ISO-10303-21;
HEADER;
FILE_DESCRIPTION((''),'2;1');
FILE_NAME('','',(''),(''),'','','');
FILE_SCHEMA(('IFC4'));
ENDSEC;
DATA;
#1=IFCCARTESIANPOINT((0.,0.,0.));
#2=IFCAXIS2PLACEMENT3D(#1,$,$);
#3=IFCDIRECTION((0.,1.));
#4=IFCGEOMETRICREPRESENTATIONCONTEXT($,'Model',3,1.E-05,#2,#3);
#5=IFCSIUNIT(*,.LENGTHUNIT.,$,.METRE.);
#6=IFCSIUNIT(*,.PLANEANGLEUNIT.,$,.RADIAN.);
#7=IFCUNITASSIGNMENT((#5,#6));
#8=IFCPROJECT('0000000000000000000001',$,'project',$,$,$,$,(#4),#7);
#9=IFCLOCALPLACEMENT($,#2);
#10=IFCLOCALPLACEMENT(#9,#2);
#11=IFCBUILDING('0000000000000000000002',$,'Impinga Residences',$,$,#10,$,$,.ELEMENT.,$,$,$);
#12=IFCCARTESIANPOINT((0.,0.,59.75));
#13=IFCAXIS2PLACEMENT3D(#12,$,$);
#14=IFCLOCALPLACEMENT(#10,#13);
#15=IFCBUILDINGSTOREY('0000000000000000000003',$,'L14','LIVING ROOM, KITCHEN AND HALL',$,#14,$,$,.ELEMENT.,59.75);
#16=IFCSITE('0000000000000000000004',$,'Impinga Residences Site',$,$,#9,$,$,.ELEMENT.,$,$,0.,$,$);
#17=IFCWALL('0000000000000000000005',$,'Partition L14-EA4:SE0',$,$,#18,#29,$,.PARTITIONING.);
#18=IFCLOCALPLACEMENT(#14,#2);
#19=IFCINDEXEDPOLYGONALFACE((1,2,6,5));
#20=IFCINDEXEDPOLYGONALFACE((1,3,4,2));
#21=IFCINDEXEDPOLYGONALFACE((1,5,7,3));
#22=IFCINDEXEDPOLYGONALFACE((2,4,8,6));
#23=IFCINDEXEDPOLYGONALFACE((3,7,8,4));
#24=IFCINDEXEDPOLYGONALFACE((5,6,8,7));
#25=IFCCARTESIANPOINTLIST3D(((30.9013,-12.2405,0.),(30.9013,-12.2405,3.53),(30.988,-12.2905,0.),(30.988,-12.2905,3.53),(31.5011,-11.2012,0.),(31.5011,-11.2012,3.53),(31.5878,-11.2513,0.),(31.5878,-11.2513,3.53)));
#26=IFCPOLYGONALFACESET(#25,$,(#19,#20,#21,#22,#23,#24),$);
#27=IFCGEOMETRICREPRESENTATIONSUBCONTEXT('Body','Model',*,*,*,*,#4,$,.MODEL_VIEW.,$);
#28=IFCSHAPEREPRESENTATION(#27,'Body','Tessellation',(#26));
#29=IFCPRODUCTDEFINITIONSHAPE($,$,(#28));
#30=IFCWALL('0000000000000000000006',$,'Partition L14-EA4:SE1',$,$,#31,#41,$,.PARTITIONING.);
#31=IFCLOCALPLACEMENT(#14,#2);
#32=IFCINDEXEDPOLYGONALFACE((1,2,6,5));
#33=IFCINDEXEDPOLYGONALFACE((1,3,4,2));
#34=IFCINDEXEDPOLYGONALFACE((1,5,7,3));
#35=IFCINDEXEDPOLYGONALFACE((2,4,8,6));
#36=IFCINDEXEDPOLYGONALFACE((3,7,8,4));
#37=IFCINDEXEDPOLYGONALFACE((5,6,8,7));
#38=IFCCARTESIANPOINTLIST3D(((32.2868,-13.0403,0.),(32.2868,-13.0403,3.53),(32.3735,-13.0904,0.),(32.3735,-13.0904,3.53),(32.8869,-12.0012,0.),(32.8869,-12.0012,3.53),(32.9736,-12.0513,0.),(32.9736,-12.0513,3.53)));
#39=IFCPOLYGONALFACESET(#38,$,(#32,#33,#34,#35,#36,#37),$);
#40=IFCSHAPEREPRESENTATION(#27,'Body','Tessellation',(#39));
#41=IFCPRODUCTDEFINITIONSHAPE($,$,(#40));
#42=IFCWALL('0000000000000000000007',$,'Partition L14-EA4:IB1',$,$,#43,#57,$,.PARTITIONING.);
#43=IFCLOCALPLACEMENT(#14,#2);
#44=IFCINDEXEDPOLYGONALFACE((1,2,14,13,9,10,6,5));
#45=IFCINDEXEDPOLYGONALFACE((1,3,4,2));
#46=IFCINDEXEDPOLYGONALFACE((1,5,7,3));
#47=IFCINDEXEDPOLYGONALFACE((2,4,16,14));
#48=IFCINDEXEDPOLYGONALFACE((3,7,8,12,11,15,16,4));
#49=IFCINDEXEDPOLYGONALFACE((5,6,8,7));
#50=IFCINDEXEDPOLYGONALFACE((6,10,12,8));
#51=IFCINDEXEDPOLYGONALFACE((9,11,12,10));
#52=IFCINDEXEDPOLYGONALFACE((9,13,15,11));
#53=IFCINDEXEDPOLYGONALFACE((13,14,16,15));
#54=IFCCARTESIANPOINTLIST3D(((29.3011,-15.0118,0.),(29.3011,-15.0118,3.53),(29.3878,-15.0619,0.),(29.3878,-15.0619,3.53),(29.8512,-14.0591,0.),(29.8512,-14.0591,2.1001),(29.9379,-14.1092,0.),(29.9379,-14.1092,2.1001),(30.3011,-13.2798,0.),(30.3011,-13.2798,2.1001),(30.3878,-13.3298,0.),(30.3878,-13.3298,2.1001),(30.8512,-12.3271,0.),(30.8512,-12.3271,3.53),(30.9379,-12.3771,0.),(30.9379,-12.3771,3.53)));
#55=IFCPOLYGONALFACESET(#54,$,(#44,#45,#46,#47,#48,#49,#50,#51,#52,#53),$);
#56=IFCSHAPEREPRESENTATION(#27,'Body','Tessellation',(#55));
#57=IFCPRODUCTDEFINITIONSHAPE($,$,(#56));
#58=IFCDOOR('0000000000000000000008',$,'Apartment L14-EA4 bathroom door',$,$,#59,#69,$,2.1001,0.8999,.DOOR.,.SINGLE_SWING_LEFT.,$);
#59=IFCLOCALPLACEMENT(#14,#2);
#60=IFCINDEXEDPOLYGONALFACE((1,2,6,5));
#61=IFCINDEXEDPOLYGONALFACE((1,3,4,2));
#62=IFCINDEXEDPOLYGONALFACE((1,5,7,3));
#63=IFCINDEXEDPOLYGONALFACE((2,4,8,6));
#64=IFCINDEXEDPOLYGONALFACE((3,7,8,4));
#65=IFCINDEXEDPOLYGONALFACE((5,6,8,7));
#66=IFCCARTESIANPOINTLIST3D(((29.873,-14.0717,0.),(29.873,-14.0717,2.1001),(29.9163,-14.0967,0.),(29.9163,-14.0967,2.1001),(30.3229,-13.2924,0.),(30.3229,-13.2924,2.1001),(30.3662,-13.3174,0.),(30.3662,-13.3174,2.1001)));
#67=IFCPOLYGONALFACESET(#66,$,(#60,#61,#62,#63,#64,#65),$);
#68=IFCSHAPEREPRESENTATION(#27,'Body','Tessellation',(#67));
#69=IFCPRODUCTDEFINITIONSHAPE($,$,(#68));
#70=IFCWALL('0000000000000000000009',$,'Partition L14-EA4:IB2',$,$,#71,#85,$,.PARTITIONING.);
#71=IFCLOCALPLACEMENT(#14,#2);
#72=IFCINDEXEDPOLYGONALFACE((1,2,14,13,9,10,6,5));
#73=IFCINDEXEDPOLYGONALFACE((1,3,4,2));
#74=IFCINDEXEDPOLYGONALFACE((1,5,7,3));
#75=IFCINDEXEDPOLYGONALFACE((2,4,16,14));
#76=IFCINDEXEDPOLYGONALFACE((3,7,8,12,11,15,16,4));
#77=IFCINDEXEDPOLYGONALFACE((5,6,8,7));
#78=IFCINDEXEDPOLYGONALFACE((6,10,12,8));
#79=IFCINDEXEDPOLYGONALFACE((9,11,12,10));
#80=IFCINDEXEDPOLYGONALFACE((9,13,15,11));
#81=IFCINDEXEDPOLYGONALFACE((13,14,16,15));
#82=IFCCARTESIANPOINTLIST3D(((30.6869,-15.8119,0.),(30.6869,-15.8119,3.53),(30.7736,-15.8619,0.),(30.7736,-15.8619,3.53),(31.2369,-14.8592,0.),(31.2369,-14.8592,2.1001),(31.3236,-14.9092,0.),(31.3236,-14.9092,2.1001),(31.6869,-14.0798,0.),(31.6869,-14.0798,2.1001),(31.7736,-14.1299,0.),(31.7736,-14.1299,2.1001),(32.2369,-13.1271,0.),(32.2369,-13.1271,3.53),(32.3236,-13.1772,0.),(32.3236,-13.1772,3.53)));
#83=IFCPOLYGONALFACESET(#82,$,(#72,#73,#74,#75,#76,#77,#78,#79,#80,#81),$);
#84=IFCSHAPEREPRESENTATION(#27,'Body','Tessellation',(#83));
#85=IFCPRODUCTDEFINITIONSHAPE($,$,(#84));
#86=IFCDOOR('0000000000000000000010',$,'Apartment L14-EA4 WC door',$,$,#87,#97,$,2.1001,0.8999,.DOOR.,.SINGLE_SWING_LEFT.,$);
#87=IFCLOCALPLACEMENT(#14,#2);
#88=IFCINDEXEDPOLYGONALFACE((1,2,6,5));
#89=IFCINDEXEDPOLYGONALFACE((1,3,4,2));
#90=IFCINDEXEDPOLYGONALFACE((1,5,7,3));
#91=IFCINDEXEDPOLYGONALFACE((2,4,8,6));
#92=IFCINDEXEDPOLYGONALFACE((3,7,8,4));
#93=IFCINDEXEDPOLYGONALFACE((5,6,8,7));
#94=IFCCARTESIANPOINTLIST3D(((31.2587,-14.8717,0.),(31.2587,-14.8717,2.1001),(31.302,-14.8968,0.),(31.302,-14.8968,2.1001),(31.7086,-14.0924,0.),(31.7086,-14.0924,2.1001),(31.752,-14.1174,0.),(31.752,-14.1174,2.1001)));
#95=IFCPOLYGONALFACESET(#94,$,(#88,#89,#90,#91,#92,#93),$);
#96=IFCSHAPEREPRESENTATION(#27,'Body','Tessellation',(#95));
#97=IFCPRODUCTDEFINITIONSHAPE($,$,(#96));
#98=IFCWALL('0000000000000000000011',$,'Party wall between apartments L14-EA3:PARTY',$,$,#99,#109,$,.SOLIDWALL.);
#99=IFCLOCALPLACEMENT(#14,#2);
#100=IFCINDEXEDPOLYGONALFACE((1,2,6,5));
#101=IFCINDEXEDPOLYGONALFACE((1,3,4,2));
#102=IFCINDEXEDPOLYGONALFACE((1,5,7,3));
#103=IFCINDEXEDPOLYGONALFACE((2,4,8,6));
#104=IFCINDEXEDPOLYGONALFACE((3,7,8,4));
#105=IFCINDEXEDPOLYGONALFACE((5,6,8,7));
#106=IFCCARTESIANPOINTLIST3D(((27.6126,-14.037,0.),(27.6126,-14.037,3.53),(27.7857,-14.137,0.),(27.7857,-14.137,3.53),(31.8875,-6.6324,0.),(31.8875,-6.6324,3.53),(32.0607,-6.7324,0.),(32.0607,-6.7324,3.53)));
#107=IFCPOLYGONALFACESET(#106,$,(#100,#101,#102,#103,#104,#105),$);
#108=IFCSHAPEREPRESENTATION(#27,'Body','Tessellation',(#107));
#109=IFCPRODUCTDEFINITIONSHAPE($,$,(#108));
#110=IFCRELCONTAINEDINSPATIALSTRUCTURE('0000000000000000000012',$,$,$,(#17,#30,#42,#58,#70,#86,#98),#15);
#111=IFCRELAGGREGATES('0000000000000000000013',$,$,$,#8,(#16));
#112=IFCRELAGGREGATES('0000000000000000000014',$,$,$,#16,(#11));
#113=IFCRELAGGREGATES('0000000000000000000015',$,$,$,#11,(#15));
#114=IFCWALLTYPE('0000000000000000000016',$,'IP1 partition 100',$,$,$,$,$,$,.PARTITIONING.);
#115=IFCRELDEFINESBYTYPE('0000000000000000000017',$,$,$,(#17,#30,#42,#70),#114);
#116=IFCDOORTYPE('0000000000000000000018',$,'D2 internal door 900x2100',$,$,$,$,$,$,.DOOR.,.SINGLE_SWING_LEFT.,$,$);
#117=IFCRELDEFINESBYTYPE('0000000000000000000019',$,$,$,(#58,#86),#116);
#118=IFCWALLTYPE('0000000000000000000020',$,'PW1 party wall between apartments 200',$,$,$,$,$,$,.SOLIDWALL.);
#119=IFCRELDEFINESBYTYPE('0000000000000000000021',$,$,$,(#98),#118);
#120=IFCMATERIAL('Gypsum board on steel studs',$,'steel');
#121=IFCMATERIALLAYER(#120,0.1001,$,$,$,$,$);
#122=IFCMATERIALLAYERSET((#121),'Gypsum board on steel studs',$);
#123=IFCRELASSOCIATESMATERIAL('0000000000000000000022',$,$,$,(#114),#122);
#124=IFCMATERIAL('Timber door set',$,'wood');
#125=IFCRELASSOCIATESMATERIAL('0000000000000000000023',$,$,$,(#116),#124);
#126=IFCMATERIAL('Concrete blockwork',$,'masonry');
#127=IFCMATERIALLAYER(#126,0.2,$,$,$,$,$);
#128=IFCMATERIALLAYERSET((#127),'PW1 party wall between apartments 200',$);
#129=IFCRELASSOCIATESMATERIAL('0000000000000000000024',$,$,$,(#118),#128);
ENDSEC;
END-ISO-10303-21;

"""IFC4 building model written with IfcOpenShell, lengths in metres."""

from ifc_helpers import new_model, si_unit, direction, frame, frame_2d, origin, place, context, subcontext, project, spatial, rectangle, extrude, material, layer, layer_set, type_object, element, fill, save


model = new_model("IFC4")

# Units and contexts
model_context = context("Model", 3, precision=1e-05, world=origin(), true_north=direction((0.0, 1.0)))
body_context = subcontext(model_context, "Body", "Model", "MODEL_VIEW")
ifc_project = project(units=[si_unit("LENGTHUNIT", "METRE"), si_unit("PLANEANGLEUNIT", "RADIAN")], contexts=[model_context])

# Site, building, storey
site_placement = place(None, origin())
site = spatial("IfcSite", under=ifc_project, at=site_placement, Name="Impinga Residences Site", CompositionType="ELEMENT", RefElevation=0.0)
building_placement = place(site_placement, origin())
building = spatial("IfcBuilding", under=site, at=building_placement, Name="Impinga Residences", CompositionType="ELEMENT")
storey_placement = place(building_placement, frame((0.0, 0.0, 59.75)))
storey = spatial("IfcBuildingStorey", under=building, at=storey_placement, Name="L14", Description="LIVING ROOM, KITCHEN AND HALL", CompositionType="ELEMENT", Elevation=59.75)

# Shared definitions
ifc_material_1 = material(Name="Concrete blockwork", Category="masonry")
ifc_material_2 = material(Name="Timber door set", Category="wood")

# Shared definitions
ifc_material_3 = material(Name="Gypsum board on steel studs", Category="steel")
ifc_layer_1 = layer(ifc_material_3, 0.1001)
ifc_layer_set_1 = layer_set([ifc_layer_1], Name="Gypsum board on steel studs")
wall_type_1 = type_object("IfcWallType", Name="IP1 partition 100", PredefinedType="PARTITIONING", material=ifc_layer_set_1)

# Shared definitions
door_type_1 = type_object("IfcDoorType", Name="D2 internal door 900x2100", OperationType="SINGLE_SWING_LEFT", PredefinedType="DOOR", material=ifc_material_2)

# Walls
for number, where, z_axis, x_axis, name in (
    (1, (30.9446, -12.2656, 0.0), (0.0, 0.0, 1.0), (0.499881, 0.866094, 0.0), "Partition L14-EA4:SE0"),
    (2, (32.3301, -13.0654, 0.0), (0.0, 0.0, 1.0), (0.500122, 0.865955, 0.0), "Partition L14-EA4:SE1"),
):
    element("IfcWall", number, at=place(storey_placement, frame(where, z_axis=z_axis, x_axis=x_axis)), inside=storey, type_object=wall_type_1, Name=name, PredefinedType="PARTITIONING", context=body_context, shape_type="SweptSolid", body=[
        extrude(rectangle(XDim=1.2, YDim=0.1001, at=frame_2d((0.6001, 0.0))), origin(), (0.0, 0.0, 1.0), 3.53),
    ])

# Walls, openings, doors
wall_1_placement = place(storey_placement, frame((29.3445, -15.0369, 0.0), z_axis=(0.0, 0.0, 1.0), x_axis=(0.499993, 0.86603, 0.0)))
wall_1 = element("IfcWall", 3, at=wall_1_placement, inside=storey, type_object=wall_type_1, Name="Partition L14-EA4:IB1", PredefinedType="PARTITIONING", context=body_context, shape_type="SweptSolid", body=[
    extrude(rectangle(XDim=3.1001, YDim=0.1001, at=frame_2d((1.55, 0.0))), origin(), (0.0, 0.0, 1.0), 3.53),
])
opening_1_placement = place(wall_1_placement, frame((1.1001, 0.0, 0.0)))
opening_1 = element("IfcOpeningElement", 4, at=opening_1_placement, cuts=wall_1, PredefinedType="OPENING", context=body_context, shape_type="SweptSolid", body=[
    extrude(rectangle(XDim=0.8999, YDim=2.1001, at=frame_2d((0.45, 1.05))), frame((0.0, 0.0601, 0.0), z_axis=(0.0, -1.0, 0.0), x_axis=(1.0, 0.0, 0.0)), (0.0, 0.0, 1.0), 0.1201),
])
door_1_placement = place(opening_1_placement, origin())
door_1 = element("IfcDoor", 5, at=door_1_placement, inside=storey, type_object=door_type_1, Name="Apartment L14-EA4 bathroom door", OperationType="SINGLE_SWING_LEFT", OverallHeight=2.1001, OverallWidth=0.8999, PredefinedType="DOOR", context=body_context, shape_type="SweptSolid", body=[
    extrude(rectangle(XDim=0.8999, YDim=2.1001, at=frame_2d((0.45, 1.05))), frame((0.0, 0.0249, 0.0), z_axis=(0.0, -1.0, 0.0), x_axis=(1.0, 0.0, 0.0)), (0.0, 0.0, 1.0), 0.05),
])
fill(opening_1, door_1)
wall_2_placement = place(storey_placement, frame((30.7302, -15.8369, 0.0), z_axis=(0.0, 0.0, 1.0), x_axis=(0.499993, 0.86603, 0.0)))
wall_2 = element("IfcWall", 6, at=wall_2_placement, inside=storey, type_object=wall_type_1, Name="Partition L14-EA4:IB2", PredefinedType="PARTITIONING", context=body_context, shape_type="SweptSolid", body=[
    extrude(rectangle(XDim=3.1001, YDim=0.1001, at=frame_2d((1.55, 0.0))), origin(), (0.0, 0.0, 1.0), 3.53),
])
opening_2_placement = place(wall_2_placement, frame((1.1001, 0.0, 0.0)))
opening_2 = element("IfcOpeningElement", 7, at=opening_2_placement, cuts=wall_2, PredefinedType="OPENING", context=body_context, shape_type="SweptSolid", body=[
    extrude(rectangle(XDim=0.8999, YDim=2.1001, at=frame_2d((0.45, 1.05))), frame((0.0, 0.0601, 0.0), z_axis=(0.0, -1.0, 0.0), x_axis=(1.0, 0.0, 0.0)), (0.0, 0.0, 1.0), 0.1201),
])
door_2_placement = place(opening_2_placement, origin())
door_2 = element("IfcDoor", 8, at=door_2_placement, inside=storey, type_object=door_type_1, Name="Apartment L14-EA4 WC door", OperationType="SINGLE_SWING_LEFT", OverallHeight=2.1001, OverallWidth=0.8999, PredefinedType="DOOR", context=body_context, shape_type="SweptSolid", body=[
    extrude(rectangle(XDim=0.8999, YDim=2.1001, at=frame_2d((0.45, 1.05))), frame((0.0, 0.0249, 0.0), z_axis=(0.0, -1.0, 0.0), x_axis=(1.0, 0.0, 0.0)), (0.0, 0.0, 1.0), 0.05),
])
fill(opening_2, door_2)

# Wall
ifc_layer_2 = layer(ifc_material_1, 0.2)
ifc_layer_set_2 = layer_set([ifc_layer_2], Name="PW1 party wall between apartments 200")
wall_type_2 = type_object("IfcWallType", Name="PW1 party wall between apartments 200", PredefinedType="SOLIDWALL", material=ifc_layer_set_2)
wall_3_placement = place(storey_placement, frame((27.6992, -14.0869, 0.0), z_axis=(0.0, 0.0, 1.0), x_axis=(0.49999, 0.866031, 0.0)))
element("IfcWall", 9, at=wall_3_placement, inside=storey, type_object=wall_type_2, Name="Party wall between apartments L14-EA3:PARTY", PredefinedType="SOLIDWALL", context=body_context, shape_type="SweptSolid", body=[
    extrude(rectangle(XDim=8.55, YDim=0.2, at=frame_2d((4.2749, 0.0))), origin(), (0.0, 0.0, 1.0), 3.53),
])

save(model, "model.ifc")
